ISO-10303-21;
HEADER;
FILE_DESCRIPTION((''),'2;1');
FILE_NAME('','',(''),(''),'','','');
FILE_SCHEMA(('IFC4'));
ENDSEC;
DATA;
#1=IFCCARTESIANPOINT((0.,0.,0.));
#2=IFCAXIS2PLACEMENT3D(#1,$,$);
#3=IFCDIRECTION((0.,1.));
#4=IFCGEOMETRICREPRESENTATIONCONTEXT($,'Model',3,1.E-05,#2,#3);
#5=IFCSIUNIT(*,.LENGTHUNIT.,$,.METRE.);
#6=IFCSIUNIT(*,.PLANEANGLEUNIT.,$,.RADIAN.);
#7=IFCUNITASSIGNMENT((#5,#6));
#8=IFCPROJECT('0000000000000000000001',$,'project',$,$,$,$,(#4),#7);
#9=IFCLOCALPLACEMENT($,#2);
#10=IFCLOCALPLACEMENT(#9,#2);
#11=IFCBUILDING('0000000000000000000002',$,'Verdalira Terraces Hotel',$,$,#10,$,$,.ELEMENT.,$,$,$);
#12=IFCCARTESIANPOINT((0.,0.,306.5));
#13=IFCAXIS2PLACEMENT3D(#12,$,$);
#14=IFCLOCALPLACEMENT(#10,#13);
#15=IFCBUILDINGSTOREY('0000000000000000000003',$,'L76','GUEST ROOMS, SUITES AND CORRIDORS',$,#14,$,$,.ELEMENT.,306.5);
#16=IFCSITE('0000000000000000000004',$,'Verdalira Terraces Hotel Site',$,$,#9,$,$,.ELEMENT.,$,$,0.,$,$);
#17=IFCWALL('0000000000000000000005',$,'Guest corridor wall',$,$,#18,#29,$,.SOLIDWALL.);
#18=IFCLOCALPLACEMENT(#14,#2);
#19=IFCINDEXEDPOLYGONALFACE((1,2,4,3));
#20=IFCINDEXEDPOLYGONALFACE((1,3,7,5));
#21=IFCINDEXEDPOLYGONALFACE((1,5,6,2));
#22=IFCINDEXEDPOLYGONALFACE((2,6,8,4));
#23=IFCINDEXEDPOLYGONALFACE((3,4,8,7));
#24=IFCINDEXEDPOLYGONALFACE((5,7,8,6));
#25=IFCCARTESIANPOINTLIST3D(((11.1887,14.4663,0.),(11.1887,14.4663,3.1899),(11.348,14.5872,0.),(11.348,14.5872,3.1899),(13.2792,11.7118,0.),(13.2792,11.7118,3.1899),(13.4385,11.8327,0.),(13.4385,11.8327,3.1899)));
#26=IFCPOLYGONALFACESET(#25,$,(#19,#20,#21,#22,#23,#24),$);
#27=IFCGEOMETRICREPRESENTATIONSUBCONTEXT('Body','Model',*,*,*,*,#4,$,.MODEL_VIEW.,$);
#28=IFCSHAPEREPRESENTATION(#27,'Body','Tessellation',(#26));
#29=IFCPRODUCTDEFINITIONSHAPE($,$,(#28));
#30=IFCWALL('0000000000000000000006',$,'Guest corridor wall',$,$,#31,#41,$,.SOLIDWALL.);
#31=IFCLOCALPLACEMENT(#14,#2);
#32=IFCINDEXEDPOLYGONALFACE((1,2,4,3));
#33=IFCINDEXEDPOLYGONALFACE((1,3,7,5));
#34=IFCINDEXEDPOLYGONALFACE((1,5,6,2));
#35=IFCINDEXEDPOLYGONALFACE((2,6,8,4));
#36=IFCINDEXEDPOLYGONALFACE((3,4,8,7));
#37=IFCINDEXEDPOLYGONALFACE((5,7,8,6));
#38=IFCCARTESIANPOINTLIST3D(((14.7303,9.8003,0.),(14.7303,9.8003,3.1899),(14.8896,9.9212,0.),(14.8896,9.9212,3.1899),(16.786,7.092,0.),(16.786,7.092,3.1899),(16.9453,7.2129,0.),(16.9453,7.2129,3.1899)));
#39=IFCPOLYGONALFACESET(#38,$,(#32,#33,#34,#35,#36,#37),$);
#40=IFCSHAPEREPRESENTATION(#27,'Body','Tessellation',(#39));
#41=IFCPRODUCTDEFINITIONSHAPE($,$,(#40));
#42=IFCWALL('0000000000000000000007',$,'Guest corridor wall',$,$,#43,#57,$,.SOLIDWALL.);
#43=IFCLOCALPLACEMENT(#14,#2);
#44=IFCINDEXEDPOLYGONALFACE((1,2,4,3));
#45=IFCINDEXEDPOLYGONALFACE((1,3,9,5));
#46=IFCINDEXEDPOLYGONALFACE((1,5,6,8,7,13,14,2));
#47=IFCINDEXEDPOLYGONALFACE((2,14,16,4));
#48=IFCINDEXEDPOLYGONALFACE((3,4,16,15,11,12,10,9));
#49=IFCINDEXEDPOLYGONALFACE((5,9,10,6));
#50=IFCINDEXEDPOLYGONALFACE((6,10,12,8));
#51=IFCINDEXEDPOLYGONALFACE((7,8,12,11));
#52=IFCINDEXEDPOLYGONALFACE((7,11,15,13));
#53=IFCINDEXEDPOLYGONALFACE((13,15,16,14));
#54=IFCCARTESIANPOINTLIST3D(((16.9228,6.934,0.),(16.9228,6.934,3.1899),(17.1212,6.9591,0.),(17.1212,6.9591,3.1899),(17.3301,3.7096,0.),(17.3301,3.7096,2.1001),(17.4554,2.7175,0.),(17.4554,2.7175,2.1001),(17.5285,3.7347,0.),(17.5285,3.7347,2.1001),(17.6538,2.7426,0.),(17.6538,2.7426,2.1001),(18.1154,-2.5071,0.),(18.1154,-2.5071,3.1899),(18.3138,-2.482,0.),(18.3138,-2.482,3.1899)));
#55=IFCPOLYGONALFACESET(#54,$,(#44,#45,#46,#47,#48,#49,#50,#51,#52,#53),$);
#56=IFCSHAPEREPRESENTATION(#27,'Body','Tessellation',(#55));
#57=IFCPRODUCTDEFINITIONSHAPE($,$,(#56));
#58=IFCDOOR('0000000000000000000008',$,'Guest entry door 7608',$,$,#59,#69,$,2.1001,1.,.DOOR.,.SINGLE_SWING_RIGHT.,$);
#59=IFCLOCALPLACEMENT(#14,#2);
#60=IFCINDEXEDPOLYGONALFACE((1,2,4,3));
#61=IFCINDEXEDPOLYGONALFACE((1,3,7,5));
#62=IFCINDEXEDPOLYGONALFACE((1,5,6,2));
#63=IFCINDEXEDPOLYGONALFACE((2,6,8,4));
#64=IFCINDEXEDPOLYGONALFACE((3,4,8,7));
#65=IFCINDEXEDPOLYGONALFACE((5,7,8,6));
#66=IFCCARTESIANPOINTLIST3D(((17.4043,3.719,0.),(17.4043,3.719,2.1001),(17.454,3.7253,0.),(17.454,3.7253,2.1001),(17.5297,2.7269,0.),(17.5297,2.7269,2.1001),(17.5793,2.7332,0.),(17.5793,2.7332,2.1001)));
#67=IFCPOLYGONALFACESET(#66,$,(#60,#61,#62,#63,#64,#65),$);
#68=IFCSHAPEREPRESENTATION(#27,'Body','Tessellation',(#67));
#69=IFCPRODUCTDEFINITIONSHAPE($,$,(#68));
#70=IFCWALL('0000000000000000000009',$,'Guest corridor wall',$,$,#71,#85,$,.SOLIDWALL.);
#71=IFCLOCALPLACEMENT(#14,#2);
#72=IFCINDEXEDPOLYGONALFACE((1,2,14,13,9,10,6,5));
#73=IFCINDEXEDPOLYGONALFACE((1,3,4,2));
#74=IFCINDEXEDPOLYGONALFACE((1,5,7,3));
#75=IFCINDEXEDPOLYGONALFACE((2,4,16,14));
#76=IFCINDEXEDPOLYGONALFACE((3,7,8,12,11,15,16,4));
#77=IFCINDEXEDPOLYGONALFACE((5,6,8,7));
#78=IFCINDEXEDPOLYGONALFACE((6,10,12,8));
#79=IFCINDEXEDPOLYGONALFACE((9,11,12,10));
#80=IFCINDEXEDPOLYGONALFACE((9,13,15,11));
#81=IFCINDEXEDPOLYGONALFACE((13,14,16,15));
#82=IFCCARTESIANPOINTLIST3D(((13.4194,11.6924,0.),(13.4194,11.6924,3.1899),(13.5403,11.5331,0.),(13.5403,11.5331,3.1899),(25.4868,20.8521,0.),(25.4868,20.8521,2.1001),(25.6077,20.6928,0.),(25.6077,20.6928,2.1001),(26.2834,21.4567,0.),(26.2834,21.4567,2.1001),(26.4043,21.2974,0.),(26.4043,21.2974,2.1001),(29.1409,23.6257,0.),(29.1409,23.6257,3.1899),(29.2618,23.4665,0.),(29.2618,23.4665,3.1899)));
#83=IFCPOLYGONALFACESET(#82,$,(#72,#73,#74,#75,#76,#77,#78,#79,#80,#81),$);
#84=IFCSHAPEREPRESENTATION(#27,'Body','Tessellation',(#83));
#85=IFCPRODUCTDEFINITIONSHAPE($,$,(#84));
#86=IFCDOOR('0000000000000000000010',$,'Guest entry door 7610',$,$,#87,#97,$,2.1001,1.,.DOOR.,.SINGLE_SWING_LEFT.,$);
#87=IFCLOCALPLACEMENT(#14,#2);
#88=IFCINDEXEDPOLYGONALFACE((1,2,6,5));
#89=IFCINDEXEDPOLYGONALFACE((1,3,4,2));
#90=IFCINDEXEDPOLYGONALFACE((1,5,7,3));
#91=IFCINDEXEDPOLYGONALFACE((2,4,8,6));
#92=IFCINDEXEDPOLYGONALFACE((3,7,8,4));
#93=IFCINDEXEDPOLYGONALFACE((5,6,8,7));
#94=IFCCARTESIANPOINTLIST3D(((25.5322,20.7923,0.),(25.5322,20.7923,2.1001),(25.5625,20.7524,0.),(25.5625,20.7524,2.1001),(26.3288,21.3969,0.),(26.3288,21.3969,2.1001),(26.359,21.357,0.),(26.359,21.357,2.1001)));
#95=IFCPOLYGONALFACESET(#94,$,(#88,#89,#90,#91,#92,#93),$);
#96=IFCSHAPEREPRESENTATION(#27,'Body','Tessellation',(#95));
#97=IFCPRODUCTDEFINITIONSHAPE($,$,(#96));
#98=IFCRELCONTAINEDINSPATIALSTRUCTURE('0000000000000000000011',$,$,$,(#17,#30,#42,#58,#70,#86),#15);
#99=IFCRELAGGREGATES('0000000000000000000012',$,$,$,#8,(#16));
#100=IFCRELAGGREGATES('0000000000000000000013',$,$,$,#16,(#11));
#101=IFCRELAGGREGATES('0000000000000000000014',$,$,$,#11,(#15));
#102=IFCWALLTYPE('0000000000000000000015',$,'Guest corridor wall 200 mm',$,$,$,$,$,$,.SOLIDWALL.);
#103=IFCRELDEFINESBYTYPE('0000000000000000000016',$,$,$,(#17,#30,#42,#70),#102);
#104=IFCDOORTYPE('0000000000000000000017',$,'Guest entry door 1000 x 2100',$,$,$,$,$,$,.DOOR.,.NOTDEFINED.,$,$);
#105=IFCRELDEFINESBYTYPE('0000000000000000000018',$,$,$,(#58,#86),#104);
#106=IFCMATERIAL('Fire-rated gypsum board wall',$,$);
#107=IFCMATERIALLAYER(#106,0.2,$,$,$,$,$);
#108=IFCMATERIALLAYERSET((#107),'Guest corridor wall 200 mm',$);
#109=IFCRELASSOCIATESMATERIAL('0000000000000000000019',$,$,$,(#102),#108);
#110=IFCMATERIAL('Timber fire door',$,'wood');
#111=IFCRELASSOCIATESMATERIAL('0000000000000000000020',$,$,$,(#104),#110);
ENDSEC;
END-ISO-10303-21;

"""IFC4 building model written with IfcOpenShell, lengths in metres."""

from ifc_helpers import new_model, si_unit, direction, frame, frame_2d, origin, place, context, subcontext, project, spatial, rectangle, extrude, material, layer, layer_set, type_object, element, fill, save


model = new_model("IFC4")

# Units and contexts
model_context = context("Model", 3, precision=1e-05, world=origin(), true_north=direction((0.0, 1.0)))
body_context = subcontext(model_context, "Body", "Model", "MODEL_VIEW")
ifc_project = project(units=[si_unit("LENGTHUNIT", "METRE"), si_unit("PLANEANGLEUNIT", "RADIAN")], contexts=[model_context])

# Site, building, storey
site_placement = place(None, origin())
site = spatial("IfcSite", under=ifc_project, at=site_placement, Name="Verdalira Terraces Hotel Site", CompositionType="ELEMENT", RefElevation=0.0)
building_placement = place(site_placement, origin())
building = spatial("IfcBuilding", under=site, at=building_placement, Name="Verdalira Terraces Hotel", CompositionType="ELEMENT")
storey_placement = place(building_placement, frame((0.0, 0.0, 306.5)))
storey = spatial("IfcBuildingStorey", under=building, at=storey_placement, Name="L76", Description="GUEST ROOMS, SUITES AND CORRIDORS", CompositionType="ELEMENT", Elevation=306.5)

# Walls
ifc_material_1 = material(Name="Fire-rated gypsum board wall")
ifc_layer_1 = layer(ifc_material_1, 0.2)
ifc_layer_set_1 = layer_set([ifc_layer_1], Name="Guest corridor wall 200 mm")
wall_type_1 = type_object("IfcWallType", Name="Guest corridor wall 200 mm", PredefinedType="SOLIDWALL", material=ifc_layer_set_1)
wall_1_placement = place(storey_placement, frame((13.3589, 11.7722, 0.0), z_axis=(0.0, 0.0, 1.0), x_axis=(-0.604543, 0.796573, 0.0)))
element("IfcWall", 1, at=wall_1_placement, inside=storey, type_object=wall_type_1, Name="Guest corridor wall", PredefinedType="SOLIDWALL", context=body_context, shape_type="SweptSolid", body=[
    extrude(rectangle(XDim=3.458, YDim=0.2, at=frame_2d((1.729, 0.0))), origin(), (0.0, 0.0, 1.0), 3.1899),
])
wall_2_placement = place(storey_placement, frame((16.8657, 7.1523, 0.0), z_axis=(0.0, 0.0, 1.0), x_axis=(-0.604597, 0.796531, 0.0)))
element("IfcWall", 2, at=wall_2_placement, inside=storey, type_object=wall_type_1, Name="Guest corridor wall", PredefinedType="SOLIDWALL", context=body_context, shape_type="SweptSolid", body=[
    extrude(rectangle(XDim=3.4001, YDim=0.2, at=frame_2d((1.7002, 0.0))), origin(), (0.0, 0.0, 1.0), 3.1899),
])

# Walls, openings, doors
wall_3_placement = place(storey_placement, frame((17.022, 6.9465, 0.0), z_axis=(0.0, 0.0, 1.0), x_axis=(0.125326, -0.992116, 0.0)))
wall_3 = element("IfcWall", 3, at=wall_3_placement, inside=storey, type_object=wall_type_1, Name="Guest corridor wall", PredefinedType="SOLIDWALL", context=body_context, shape_type="SweptSolid", body=[
    extrude(rectangle(XDim=9.5161, YDim=0.2, at=frame_2d((4.7581, 0.0))), origin(), (0.0, 0.0, 1.0), 3.1899),
])
opening_1_placement = place(wall_3_placement, frame((3.25, 0.0, 0.0)))
opening_1 = element("IfcOpeningElement", 4, at=opening_1_placement, cuts=wall_3, PredefinedType="OPENING", context=body_context, shape_type="SweptSolid", body=[
    extrude(rectangle(XDim=1.0, YDim=2.1001, at=frame_2d((0.5, 1.05))), frame((0.0, 0.1099, 0.0), z_axis=(0.0, -1.0, 0.0), x_axis=(1.0, 0.0, 0.0)), (0.0, 0.0, 1.0), 0.22),
])
ifc_material_2 = material(Name="Timber fire door", Category="wood")
door_type_1 = type_object("IfcDoorType", Name="Guest entry door 1000 x 2100", OperationType="NOTDEFINED", PredefinedType="DOOR", material=ifc_material_2)
door_1_placement = place(opening_1_placement, origin())
door_1 = element("IfcDoor", 5, at=door_1_placement, inside=storey, type_object=door_type_1, Name="Guest entry door 7608", OperationType="SINGLE_SWING_RIGHT", OverallHeight=2.1001, OverallWidth=1.0, PredefinedType="DOOR", context=body_context, shape_type="SweptSolid", body=[
    extrude(rectangle(XDim=1.0, YDim=2.1001, at=frame_2d((0.5, 1.05))), frame((0.0, 0.0249, 0.0), z_axis=(0.0, -1.0, 0.0), x_axis=(1.0, 0.0, 0.0)), (0.0, 0.0, 1.0), 0.05),
])
fill(opening_1, door_1)
wall_4_placement = place(storey_placement, frame((13.48, 11.6128, 0.0), z_axis=(0.0, 0.0, 1.0), x_axis=(0.796527, 0.604603, 0.0)))
wall_4 = element("IfcWall", 6, at=wall_4_placement, inside=storey, type_object=wall_type_1, Name="Guest corridor wall", PredefinedType="SOLIDWALL", context=body_context, shape_type="SweptSolid", body=[
    extrude(rectangle(XDim=19.7375, YDim=0.2, at=frame_2d((9.8687, 0.0))), origin(), (0.0, 0.0, 1.0), 3.1899),
])
opening_2_placement = place(wall_4_placement, frame((15.1499, 0.0, 0.0)))
opening_2 = element("IfcOpeningElement", 7, at=opening_2_placement, cuts=wall_4, PredefinedType="OPENING", context=body_context, shape_type="SweptSolid", body=[
    extrude(rectangle(XDim=1.0, YDim=2.1001, at=frame_2d((0.5, 1.05))), frame((0.0, 0.1099, 0.0), z_axis=(0.0, -1.0, 0.0), x_axis=(1.0, 0.0, 0.0)), (0.0, 0.0, 1.0), 0.22),
])
door_2_placement = place(opening_2_placement, origin())
door_2 = element("IfcDoor", 8, at=door_2_placement, inside=storey, type_object=door_type_1, Name="Guest entry door 7610", OperationType="SINGLE_SWING_LEFT", OverallHeight=2.1001, OverallWidth=1.0, PredefinedType="DOOR", context=body_context, shape_type="SweptSolid", body=[
    extrude(rectangle(XDim=1.0, YDim=2.1001, at=frame_2d((0.5, 1.05))), frame((0.0, 0.0249, 0.0), z_axis=(0.0, -1.0, 0.0), x_axis=(1.0, 0.0, 0.0)), (0.0, 0.0, 1.0), 0.05),
])
fill(opening_2, door_2)

save(model, "model.ifc")
